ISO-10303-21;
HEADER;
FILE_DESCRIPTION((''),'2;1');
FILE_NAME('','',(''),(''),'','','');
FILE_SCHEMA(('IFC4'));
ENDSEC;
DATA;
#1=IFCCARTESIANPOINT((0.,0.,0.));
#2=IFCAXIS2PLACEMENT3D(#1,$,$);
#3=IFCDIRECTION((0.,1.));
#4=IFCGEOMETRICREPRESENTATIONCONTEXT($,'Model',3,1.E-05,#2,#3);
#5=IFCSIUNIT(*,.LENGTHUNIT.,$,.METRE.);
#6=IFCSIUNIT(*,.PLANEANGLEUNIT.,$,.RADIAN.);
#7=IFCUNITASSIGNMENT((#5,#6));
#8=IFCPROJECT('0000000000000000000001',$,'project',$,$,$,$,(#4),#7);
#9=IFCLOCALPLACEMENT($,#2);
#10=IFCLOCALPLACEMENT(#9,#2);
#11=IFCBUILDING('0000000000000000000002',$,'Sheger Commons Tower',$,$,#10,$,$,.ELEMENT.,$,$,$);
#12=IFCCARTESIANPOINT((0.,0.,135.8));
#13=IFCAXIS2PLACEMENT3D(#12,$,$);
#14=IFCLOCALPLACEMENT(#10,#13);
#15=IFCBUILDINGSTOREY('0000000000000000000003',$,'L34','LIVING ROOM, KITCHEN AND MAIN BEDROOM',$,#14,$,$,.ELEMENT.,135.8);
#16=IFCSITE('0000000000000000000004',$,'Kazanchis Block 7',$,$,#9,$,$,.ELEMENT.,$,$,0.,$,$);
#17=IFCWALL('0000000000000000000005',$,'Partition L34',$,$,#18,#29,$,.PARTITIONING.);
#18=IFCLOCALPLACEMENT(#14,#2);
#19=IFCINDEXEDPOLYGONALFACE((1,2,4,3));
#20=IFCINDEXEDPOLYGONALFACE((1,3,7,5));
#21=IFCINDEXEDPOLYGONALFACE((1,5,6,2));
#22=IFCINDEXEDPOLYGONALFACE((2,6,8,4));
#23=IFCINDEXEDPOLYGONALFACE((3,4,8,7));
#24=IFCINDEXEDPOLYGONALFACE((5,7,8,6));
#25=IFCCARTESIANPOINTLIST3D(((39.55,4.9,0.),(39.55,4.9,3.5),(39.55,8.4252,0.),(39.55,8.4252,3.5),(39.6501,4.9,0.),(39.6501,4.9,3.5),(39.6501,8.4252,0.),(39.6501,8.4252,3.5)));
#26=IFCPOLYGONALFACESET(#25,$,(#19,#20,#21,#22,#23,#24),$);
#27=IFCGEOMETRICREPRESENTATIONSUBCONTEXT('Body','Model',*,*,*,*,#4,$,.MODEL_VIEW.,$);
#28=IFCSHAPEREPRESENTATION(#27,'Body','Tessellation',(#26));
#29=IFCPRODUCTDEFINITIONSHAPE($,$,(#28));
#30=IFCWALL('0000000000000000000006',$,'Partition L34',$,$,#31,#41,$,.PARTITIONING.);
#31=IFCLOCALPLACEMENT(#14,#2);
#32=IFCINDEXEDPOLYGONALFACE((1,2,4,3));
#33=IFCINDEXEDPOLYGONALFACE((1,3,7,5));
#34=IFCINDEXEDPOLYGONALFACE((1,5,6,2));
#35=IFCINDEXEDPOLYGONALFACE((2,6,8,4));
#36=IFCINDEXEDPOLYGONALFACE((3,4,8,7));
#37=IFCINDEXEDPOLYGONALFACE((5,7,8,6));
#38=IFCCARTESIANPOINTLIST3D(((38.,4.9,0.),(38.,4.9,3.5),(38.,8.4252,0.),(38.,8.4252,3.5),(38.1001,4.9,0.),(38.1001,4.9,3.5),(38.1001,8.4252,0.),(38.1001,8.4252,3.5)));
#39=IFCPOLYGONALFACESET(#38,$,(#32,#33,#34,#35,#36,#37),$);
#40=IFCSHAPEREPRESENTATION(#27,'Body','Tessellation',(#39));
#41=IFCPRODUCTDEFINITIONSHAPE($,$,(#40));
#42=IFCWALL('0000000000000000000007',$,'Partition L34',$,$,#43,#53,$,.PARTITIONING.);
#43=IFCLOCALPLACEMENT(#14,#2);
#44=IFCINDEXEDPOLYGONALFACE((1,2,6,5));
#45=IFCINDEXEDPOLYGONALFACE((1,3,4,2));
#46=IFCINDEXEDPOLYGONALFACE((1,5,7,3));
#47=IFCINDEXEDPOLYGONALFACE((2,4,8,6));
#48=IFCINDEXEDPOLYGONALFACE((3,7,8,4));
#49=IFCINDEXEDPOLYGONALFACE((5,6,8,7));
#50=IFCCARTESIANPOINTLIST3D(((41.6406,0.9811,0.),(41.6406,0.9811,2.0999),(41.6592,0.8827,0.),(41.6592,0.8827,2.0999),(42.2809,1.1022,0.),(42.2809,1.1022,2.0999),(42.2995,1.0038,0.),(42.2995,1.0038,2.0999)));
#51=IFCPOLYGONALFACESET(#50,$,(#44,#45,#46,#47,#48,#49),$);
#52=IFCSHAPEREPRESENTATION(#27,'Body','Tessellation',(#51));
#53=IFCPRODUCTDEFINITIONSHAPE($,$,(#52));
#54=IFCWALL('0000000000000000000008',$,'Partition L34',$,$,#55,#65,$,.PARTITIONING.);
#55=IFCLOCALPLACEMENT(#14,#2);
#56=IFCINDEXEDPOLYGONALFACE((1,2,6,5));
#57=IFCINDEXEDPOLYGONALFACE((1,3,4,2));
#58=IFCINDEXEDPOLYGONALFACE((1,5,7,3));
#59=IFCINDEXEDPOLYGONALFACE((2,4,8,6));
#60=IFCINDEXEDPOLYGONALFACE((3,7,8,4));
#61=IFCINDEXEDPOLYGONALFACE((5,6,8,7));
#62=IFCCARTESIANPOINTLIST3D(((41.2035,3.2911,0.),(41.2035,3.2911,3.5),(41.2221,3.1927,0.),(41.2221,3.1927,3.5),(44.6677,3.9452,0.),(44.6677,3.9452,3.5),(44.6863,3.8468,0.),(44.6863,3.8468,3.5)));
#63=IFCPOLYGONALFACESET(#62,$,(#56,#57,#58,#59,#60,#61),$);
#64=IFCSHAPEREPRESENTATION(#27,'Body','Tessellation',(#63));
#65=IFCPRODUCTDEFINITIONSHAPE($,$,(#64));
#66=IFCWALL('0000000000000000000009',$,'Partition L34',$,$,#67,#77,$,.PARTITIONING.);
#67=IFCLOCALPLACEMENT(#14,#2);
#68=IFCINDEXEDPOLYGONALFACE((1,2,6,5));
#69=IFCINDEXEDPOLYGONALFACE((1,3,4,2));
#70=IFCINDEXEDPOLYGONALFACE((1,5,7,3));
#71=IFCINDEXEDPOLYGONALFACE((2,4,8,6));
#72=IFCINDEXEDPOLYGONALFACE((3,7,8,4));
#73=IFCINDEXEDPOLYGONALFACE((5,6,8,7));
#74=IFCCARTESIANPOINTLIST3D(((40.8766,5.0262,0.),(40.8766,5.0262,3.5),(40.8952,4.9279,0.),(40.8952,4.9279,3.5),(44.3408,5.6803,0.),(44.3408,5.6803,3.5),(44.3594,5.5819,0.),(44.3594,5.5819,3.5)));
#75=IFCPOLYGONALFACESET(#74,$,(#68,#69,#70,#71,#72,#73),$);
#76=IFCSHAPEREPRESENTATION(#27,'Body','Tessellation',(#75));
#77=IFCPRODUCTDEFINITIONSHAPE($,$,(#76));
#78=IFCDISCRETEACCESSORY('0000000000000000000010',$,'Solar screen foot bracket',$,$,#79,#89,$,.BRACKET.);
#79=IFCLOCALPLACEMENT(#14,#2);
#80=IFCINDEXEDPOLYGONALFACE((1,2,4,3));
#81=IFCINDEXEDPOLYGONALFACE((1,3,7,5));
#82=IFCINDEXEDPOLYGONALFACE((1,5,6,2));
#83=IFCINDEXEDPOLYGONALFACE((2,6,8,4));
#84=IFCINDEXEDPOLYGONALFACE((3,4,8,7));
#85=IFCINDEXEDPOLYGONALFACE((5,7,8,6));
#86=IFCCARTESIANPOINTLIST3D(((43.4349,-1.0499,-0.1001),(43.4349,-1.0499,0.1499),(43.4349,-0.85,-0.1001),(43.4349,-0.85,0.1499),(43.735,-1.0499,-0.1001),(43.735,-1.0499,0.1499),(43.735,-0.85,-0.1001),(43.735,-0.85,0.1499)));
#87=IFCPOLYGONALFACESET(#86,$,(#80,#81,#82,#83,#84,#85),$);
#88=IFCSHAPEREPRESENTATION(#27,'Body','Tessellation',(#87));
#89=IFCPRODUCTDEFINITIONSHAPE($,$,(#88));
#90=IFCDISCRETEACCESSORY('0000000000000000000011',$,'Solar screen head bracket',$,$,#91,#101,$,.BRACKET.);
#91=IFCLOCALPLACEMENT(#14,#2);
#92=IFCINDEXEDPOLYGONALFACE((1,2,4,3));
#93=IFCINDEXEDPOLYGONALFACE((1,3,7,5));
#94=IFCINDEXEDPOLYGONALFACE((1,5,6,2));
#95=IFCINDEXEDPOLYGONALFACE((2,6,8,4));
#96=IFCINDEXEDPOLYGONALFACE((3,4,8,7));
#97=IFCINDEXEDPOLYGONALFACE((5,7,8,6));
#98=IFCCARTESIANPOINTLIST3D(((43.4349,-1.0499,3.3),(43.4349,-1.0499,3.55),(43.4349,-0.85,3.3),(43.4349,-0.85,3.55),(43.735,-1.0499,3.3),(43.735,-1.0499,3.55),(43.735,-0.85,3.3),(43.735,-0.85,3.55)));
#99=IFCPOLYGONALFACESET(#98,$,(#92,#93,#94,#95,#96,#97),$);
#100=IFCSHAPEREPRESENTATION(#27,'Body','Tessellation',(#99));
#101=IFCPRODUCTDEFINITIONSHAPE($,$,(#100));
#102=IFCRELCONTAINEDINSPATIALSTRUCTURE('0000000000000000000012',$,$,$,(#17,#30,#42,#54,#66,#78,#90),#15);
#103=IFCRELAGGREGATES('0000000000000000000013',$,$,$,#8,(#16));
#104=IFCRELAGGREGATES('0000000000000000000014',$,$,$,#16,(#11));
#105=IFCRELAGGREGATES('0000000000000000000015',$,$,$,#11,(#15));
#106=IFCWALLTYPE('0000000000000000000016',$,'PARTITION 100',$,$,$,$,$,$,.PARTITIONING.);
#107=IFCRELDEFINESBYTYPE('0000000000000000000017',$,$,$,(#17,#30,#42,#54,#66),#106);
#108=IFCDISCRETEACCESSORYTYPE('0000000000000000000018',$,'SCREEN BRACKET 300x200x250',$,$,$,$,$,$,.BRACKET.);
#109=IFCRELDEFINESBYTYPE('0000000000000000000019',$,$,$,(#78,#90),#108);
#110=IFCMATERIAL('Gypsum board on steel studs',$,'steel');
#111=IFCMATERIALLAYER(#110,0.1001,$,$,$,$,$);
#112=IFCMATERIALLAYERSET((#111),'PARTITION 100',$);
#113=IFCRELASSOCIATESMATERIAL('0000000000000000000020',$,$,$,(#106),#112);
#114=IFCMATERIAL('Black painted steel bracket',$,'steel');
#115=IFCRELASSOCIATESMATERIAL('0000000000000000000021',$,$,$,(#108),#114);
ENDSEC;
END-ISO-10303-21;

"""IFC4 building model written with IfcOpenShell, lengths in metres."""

from ifc_helpers import new_model, si_unit, direction, frame, frame_2d, origin, origin_2d, place, context, subcontext, project, spatial, rectangle, extrude, material, layer, layer_set, type_object, element, save


model = new_model("IFC4")

# Units and contexts
model_context = context("Model", 3, precision=1e-05, world=origin(), true_north=direction((0.0, 1.0)))
body_context = subcontext(model_context, "Body", "Model", "MODEL_VIEW")
ifc_project = project(units=[si_unit("LENGTHUNIT", "METRE"), si_unit("PLANEANGLEUNIT", "RADIAN")], contexts=[model_context])

# Site, building, storey
site_placement = place(None, origin())
site = spatial("IfcSite", under=ifc_project, at=site_placement, Name="Kazanchis Block 7", CompositionType="ELEMENT", RefElevation=0.0)
building_placement = place(site_placement, origin())
building = spatial("IfcBuilding", under=site, at=building_placement, Name="Sheger Commons Tower", CompositionType="ELEMENT")
storey_placement = place(building_placement, frame((0.0, 0.0, 135.8)))
storey = spatial("IfcBuildingStorey", under=building, at=storey_placement, Name="L34", Description="LIVING ROOM, KITCHEN AND MAIN BEDROOM", CompositionType="ELEMENT", Elevation=135.8)

# Shared definitions
ifc_material_1 = material(Name="Gypsum board on steel studs", Category="steel")
ifc_layer_1 = layer(ifc_material_1, 0.1001)
ifc_layer_set_1 = layer_set([ifc_layer_1], Name="PARTITION 100")
wall_type_1 = type_object("IfcWallType", Name="PARTITION 100", PredefinedType="PARTITIONING", material=ifc_layer_set_1)

# Walls
for number, where, z_axis, x_axis, name in (
    (1, (39.6001, 4.8999, 0.0), (0.0, 0.0, 1.0), (0.0, 1.0, 0.0), "Partition L34"),
    (2, (38.05, 4.8999, 0.0), (0.0, 0.0, 1.0), (0.0, 1.0, 0.0), "Partition L34"),
):
    element("IfcWall", number, at=place(storey_placement, frame(where, z_axis=z_axis, x_axis=x_axis)), inside=storey, type_object=wall_type_1, Name=name, PredefinedType="PARTITIONING", context=body_context, shape_type="SweptSolid", body=[
        extrude(rectangle(XDim=3.5251, YDim=0.1001, at=frame_2d((1.7627, 0.0))), origin(), (0.0, 0.0, 1.0), 3.5),
    ])
wall_1_placement = place(storey_placement, frame((42.29, 1.053, 0.0), z_axis=(0.0, 0.0, 1.0), x_axis=(-0.982574, -0.185872, 0.0)))
element("IfcWall", 3, at=wall_1_placement, inside=storey, type_object=wall_type_1, Name="Partition L34", PredefinedType="PARTITIONING", context=body_context, shape_type="SweptSolid", body=[
    extrude(rectangle(XDim=0.6516, YDim=0.1001, at=frame_2d((0.3257, 0.0))), origin(), (0.0, 0.0, 1.0), 2.0999),
])
for number, where, z_axis, x_axis, name in (
    (4, (44.677, 3.896, 0.0), (0.0, 0.0, 1.0), (-0.982639, -0.18553, 0.0), "Partition L34"),
    (5, (44.3501, 5.6311, 0.0), (0.0, 0.0, 1.0), (-0.982639, -0.18553, 0.0), "Partition L34"),
):
    element("IfcWall", number, at=place(storey_placement, frame(where, z_axis=z_axis, x_axis=x_axis)), inside=storey, type_object=wall_type_1, Name=name, PredefinedType="PARTITIONING", context=body_context, shape_type="SweptSolid", body=[
        extrude(rectangle(XDim=3.5254, YDim=0.1001, at=frame_2d((1.7627, 0.0))), origin(), (0.0, 0.0, 1.0), 3.5),
    ])

# Discrete accessories
ifc_material_2 = material(Name="Black painted steel bracket", Category="steel")
discrete_accessory_type = type_object("IfcDiscreteAccessoryType", Name="SCREEN BRACKET 300x200x250", PredefinedType="BRACKET", material=ifc_material_2)
for number, where, z_axis, x_axis, name in (
    (6, (43.585, -0.95, -0.1001), (0.0, 0.0, 1.0), (1.0, 0.0, 0.0), "Solar screen foot bracket"),
    (7, (43.585, -0.95, 3.3), (0.0, 0.0, 1.0), (1.0, 0.0, 0.0), "Solar screen head bracket"),
):
    element("IfcDiscreteAccessory", number, at=place(storey_placement, frame(where, z_axis=z_axis, x_axis=x_axis)), inside=storey, type_object=discrete_accessory_type, Name=name, PredefinedType="BRACKET", context=body_context, shape_type="SweptSolid", body=[
        extrude(rectangle(XDim=0.3, YDim=0.2, at=origin_2d()), origin(), (0.0, 0.0, 1.0), 0.25),
    ])

save(model, "model.ifc")
